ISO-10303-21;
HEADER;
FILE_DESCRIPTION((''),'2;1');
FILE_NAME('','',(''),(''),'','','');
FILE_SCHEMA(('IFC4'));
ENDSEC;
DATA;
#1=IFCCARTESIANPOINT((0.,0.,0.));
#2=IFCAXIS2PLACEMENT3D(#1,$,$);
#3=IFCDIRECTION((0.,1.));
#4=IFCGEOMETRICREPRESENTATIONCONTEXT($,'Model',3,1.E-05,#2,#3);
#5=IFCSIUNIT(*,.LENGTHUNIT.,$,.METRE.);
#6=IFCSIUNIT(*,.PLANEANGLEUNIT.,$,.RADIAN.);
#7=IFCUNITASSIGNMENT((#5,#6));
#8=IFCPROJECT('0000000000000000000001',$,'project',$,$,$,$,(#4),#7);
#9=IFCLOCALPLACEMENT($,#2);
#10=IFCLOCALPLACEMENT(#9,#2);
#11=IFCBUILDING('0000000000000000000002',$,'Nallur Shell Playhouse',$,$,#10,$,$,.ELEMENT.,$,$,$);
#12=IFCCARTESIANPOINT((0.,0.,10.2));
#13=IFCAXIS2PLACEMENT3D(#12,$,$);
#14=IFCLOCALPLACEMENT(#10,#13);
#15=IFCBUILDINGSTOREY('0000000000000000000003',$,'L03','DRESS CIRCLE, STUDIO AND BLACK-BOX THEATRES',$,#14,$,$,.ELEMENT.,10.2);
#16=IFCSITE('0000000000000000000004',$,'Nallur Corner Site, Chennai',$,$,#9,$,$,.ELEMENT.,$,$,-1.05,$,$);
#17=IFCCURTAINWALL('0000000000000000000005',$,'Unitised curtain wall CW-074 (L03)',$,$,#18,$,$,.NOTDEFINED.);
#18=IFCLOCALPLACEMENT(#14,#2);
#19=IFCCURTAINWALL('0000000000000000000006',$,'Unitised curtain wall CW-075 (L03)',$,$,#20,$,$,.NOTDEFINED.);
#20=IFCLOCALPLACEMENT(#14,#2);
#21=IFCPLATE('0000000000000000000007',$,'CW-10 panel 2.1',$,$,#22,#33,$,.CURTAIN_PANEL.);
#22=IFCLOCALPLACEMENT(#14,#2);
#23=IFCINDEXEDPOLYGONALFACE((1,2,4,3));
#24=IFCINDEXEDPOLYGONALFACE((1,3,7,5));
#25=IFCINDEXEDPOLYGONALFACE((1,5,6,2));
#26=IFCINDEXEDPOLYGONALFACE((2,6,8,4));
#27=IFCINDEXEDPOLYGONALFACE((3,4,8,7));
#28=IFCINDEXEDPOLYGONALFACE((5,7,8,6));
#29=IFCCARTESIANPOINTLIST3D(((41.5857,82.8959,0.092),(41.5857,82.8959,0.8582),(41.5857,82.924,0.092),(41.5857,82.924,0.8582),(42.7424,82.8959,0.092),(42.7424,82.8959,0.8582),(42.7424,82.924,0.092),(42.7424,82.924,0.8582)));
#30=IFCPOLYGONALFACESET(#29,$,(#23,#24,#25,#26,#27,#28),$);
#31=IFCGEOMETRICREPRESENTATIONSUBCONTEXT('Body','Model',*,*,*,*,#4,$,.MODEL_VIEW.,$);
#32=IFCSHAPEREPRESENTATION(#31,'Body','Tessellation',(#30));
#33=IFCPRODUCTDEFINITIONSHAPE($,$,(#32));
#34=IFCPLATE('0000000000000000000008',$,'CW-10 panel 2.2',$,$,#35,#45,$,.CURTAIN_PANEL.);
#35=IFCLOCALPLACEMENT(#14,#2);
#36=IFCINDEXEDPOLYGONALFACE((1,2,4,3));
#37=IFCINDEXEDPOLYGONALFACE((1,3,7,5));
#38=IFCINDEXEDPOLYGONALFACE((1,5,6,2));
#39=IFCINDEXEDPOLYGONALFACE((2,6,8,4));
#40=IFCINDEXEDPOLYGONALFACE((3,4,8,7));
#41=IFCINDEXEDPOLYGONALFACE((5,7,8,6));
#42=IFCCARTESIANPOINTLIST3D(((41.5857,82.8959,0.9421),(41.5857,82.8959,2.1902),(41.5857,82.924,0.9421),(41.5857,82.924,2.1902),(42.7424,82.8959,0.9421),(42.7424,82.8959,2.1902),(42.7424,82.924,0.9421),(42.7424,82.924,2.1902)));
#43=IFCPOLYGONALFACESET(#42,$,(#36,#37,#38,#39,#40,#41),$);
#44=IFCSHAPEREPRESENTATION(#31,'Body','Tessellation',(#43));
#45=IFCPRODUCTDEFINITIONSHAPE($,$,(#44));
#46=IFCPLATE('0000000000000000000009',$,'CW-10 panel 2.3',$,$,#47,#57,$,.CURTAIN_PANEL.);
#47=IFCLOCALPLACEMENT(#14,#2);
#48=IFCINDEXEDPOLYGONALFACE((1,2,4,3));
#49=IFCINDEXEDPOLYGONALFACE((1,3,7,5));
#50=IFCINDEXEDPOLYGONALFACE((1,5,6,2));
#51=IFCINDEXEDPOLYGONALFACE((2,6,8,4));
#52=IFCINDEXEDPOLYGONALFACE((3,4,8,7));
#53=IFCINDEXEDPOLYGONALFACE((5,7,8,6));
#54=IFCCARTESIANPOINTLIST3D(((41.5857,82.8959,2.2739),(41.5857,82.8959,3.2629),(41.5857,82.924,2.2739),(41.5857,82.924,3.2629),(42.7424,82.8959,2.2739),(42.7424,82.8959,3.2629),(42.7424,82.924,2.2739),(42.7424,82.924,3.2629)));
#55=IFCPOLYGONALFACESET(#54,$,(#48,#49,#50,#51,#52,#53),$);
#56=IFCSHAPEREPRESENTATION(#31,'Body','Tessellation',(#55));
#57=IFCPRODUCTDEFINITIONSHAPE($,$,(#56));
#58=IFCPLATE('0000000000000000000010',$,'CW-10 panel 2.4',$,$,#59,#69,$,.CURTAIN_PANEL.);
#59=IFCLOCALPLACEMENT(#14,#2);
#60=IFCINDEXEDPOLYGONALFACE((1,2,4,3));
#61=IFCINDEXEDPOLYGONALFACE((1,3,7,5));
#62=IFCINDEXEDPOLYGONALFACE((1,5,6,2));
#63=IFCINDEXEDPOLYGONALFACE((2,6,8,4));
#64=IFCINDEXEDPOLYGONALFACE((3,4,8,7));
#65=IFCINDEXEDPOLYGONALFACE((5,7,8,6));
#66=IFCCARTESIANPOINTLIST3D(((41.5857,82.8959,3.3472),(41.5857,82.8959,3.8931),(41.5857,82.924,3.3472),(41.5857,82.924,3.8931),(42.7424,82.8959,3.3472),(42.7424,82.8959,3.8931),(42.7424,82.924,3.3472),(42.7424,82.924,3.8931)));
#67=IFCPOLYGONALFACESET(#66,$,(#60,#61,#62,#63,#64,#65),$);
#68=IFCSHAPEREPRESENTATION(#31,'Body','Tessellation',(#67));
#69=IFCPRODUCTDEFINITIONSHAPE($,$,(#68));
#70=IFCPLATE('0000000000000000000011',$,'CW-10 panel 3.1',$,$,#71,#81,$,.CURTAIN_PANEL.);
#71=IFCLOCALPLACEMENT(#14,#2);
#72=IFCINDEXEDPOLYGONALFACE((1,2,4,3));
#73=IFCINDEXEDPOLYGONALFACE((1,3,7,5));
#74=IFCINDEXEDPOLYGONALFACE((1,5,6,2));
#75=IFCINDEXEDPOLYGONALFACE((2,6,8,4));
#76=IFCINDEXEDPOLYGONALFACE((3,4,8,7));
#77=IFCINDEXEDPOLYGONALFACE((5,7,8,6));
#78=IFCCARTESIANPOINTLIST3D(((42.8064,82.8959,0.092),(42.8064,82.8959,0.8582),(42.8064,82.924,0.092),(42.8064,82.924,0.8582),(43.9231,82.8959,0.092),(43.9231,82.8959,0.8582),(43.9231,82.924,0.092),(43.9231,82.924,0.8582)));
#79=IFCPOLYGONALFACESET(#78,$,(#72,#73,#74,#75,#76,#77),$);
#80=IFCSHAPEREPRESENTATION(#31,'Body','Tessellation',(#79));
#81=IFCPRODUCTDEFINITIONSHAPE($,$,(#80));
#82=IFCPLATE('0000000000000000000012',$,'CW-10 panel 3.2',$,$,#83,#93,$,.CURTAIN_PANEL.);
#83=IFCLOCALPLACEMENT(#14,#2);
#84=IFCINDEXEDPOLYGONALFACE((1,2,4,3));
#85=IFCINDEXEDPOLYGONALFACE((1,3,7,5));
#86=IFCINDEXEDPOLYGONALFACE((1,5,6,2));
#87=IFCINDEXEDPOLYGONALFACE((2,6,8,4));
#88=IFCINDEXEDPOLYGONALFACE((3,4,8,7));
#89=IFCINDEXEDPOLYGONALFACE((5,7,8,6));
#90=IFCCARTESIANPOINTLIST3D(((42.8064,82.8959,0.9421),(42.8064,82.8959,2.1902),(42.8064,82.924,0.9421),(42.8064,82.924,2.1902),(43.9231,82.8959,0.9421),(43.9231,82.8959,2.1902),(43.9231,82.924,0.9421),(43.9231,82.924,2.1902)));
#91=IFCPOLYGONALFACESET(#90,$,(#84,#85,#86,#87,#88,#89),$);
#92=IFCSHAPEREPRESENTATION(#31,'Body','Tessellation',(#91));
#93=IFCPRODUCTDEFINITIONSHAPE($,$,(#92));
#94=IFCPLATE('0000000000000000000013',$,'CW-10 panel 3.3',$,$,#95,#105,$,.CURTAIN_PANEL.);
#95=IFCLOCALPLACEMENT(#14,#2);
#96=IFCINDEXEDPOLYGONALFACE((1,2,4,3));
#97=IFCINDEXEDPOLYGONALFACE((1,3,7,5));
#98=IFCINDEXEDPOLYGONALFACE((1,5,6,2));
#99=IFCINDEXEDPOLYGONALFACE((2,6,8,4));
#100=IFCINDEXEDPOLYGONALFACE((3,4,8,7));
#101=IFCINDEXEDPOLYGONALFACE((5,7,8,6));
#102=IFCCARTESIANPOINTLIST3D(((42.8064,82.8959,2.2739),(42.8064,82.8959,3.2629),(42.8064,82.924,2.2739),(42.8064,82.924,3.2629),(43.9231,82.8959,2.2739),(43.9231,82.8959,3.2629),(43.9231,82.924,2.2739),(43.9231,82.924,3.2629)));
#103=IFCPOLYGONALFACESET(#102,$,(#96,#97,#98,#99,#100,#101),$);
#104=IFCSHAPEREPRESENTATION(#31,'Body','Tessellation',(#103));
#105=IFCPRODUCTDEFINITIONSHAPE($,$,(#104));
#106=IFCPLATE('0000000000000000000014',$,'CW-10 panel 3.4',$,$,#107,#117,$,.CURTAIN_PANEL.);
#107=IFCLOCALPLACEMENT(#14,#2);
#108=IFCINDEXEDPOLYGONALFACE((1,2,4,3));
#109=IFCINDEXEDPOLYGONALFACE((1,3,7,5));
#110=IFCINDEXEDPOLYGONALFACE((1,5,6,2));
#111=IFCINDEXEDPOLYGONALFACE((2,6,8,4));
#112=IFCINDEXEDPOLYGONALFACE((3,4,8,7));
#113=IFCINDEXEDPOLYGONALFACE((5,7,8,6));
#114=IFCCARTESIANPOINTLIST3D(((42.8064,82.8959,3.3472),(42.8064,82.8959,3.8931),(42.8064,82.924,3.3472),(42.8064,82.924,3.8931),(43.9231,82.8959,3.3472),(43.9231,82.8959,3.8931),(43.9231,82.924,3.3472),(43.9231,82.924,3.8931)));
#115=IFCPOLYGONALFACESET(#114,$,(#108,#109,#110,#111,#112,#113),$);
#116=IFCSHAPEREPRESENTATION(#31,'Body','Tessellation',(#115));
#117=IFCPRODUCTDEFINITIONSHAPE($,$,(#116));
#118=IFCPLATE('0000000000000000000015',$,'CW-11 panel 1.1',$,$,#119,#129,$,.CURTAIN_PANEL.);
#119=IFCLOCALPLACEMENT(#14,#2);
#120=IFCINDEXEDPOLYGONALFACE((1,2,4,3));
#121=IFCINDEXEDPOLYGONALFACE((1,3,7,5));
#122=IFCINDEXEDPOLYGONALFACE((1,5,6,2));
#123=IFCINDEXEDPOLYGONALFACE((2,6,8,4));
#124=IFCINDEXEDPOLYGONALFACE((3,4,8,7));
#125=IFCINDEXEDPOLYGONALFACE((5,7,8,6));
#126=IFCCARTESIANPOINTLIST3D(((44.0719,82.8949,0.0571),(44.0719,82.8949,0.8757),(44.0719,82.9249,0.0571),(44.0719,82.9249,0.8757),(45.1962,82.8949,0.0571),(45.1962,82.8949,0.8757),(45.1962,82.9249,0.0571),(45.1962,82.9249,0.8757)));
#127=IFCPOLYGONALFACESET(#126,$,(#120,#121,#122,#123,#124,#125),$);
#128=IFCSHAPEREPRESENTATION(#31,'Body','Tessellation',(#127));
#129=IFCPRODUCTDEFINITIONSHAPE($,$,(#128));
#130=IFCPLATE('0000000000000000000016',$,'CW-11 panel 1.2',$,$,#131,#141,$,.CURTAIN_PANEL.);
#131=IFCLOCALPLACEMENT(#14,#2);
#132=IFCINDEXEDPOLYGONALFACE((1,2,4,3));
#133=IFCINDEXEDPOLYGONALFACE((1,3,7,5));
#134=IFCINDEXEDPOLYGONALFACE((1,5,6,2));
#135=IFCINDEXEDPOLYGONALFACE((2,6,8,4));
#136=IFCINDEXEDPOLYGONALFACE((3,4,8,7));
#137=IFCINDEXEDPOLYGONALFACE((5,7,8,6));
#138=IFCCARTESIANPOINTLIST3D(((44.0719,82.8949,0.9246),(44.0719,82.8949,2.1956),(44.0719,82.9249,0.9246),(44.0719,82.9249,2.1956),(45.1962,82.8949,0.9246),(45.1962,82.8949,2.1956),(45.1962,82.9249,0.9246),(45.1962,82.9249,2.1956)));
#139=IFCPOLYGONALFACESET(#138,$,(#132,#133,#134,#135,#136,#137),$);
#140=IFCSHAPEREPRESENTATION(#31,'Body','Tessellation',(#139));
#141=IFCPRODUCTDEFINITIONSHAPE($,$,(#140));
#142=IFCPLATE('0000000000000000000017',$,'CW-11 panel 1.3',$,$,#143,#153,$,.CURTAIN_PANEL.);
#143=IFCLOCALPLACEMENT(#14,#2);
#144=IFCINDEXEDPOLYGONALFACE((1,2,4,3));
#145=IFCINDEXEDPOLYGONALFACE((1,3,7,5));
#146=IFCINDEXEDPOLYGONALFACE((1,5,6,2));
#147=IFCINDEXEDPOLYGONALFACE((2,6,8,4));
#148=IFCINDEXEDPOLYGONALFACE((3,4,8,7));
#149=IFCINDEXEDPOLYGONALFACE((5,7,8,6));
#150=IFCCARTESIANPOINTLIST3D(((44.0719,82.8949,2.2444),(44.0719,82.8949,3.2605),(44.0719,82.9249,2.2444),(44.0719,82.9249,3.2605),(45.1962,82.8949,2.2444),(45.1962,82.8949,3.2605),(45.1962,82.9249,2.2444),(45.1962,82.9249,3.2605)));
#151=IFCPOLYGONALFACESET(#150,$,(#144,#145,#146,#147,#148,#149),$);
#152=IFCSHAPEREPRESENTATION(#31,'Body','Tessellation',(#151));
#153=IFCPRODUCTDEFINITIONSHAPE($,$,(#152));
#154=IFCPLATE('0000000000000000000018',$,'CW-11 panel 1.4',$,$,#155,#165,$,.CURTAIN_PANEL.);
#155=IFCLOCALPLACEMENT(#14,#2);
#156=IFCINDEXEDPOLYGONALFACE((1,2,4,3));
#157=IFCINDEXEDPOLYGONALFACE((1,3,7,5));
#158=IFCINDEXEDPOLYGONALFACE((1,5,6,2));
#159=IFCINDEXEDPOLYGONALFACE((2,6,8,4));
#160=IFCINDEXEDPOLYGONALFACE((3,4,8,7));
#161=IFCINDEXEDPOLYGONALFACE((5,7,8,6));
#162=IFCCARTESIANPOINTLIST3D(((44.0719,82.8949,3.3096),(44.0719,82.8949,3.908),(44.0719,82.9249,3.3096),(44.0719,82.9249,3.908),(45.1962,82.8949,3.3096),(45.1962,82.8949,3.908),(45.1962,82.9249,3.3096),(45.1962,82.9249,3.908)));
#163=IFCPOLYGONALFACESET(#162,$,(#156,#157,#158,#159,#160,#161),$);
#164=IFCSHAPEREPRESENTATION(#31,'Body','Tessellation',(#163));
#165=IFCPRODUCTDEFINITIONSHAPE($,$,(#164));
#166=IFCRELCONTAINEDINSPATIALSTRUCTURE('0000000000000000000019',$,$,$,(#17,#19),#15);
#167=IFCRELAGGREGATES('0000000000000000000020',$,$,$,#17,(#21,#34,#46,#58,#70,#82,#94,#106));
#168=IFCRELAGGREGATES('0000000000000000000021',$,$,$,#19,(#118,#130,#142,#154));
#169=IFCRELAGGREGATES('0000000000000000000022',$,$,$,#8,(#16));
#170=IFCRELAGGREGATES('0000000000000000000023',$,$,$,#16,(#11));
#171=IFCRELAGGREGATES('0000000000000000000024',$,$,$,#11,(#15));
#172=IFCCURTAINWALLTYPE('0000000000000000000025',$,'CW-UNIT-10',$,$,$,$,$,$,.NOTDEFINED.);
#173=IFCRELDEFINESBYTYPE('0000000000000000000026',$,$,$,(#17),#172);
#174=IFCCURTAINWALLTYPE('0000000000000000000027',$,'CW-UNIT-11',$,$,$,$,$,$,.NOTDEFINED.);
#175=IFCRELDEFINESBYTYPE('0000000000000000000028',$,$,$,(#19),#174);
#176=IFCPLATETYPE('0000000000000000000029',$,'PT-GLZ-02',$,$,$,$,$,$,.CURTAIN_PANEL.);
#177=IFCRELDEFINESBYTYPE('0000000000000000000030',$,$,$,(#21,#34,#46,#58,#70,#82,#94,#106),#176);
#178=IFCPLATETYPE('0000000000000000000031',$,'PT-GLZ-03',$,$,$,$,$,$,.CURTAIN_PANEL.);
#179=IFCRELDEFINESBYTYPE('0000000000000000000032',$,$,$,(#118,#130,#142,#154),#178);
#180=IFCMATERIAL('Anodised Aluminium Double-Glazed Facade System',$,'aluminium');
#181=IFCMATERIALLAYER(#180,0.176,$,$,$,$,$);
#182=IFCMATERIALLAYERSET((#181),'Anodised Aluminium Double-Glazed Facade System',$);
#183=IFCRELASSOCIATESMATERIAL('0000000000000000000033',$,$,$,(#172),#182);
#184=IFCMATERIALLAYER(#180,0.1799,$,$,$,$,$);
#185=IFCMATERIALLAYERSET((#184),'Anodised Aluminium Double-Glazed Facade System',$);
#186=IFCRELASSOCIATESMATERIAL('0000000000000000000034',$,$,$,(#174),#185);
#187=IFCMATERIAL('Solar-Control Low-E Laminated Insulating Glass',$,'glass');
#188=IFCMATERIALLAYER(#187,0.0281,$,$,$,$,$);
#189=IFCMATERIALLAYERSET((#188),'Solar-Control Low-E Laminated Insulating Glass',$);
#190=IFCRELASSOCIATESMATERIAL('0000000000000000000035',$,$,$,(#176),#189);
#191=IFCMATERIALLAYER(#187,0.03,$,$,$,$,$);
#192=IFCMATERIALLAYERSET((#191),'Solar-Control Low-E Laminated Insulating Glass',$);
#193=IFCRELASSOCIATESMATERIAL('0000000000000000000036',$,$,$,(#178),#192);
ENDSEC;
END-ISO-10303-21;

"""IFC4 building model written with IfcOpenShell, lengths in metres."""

from ifc_helpers import new_model, si_unit, direction, frame, origin, origin_2d, place, context, subcontext, project, spatial, rectangle, extrude, material, layer, layer_set, type_object, element, aggregate, save


model = new_model("IFC4")

# Units and contexts
model_context = context("Model", 3, precision=1e-05, world=origin(), true_north=direction((0.0, 1.0)))
body_context = subcontext(model_context, "Body", "Model", "MODEL_VIEW")
ifc_project = project(units=[si_unit("LENGTHUNIT", "METRE"), si_unit("PLANEANGLEUNIT", "RADIAN")], contexts=[model_context])

# Site, building, storey
site_placement = place(None, origin())
site = spatial("IfcSite", under=ifc_project, at=site_placement, Name="Nallur Corner Site, Chennai", CompositionType="ELEMENT", RefElevation=-1.05)
building_placement = place(site_placement, origin())
building = spatial("IfcBuilding", under=site, at=building_placement, Name="Nallur Shell Playhouse", CompositionType="ELEMENT")
storey_placement = place(building_placement, frame((0.0, 0.0, 10.2)))
storey = spatial("IfcBuildingStorey", under=building, at=storey_placement, Name="L03", Description="DRESS CIRCLE, STUDIO AND BLACK-BOX THEATRES", CompositionType="ELEMENT", Elevation=10.2)

# Curtain walls
ifc_material_1 = material(Name="Anodised Aluminium Double-Glazed Facade System", Category="aluminium")
ifc_layer_1 = layer(ifc_material_1, 0.176)
ifc_layer_set_1 = layer_set([ifc_layer_1], Name="Anodised Aluminium Double-Glazed Facade System")
curtain_wall_type_1 = type_object("IfcCurtainWallType", Name="CW-UNIT-10", PredefinedType="NOTDEFINED", material=ifc_layer_set_1)
curtain_wall_1_placement = place(storey_placement, origin())
curtain_wall_1 = element("IfcCurtainWall", 1, at=curtain_wall_1_placement, inside=storey, type_object=curtain_wall_type_1, Name="Unitised curtain wall CW-074 (L03)", PredefinedType="NOTDEFINED")
ifc_layer_2 = layer(ifc_material_1, 0.1799)
ifc_layer_set_2 = layer_set([ifc_layer_2], Name="Anodised Aluminium Double-Glazed Facade System")
curtain_wall_type_2 = type_object("IfcCurtainWallType", Name="CW-UNIT-11", PredefinedType="NOTDEFINED", material=ifc_layer_set_2)
curtain_wall_2_placement = place(storey_placement, origin())
curtain_wall_2 = element("IfcCurtainWall", 2, at=curtain_wall_2_placement, inside=storey, type_object=curtain_wall_type_2, Name="Unitised curtain wall CW-075 (L03)", PredefinedType="NOTDEFINED")

# Plates
ifc_material_2 = material(Name="Solar-Control Low-E Laminated Insulating Glass", Category="glass")
ifc_layer_3 = layer(ifc_material_2, 0.0281)
ifc_layer_set_3 = layer_set([ifc_layer_3], Name="Solar-Control Low-E Laminated Insulating Glass")
plate_type_1 = type_object("IfcPlateType", Name="PT-GLZ-02", PredefinedType="CURTAIN_PANEL", material=ifc_layer_set_3)
plate_1_placement = place(storey_placement, frame((42.1641, 82.9099, 0.092), z_axis=(0.0, 0.0, 1.0), x_axis=(1.0, 0.0, 0.0)))
plate_1 = element("IfcPlate", 3, at=plate_1_placement, type_object=plate_type_1, Name="CW-10 panel 2.1", PredefinedType="CURTAIN_PANEL", context=body_context, shape_type="SweptSolid", body=[
    extrude(rectangle(XDim=1.1567, YDim=0.0281, at=origin_2d()), origin(), (0.0, 0.0, 1.0), 0.7661),
])
plate_2_placement = place(storey_placement, frame((42.1641, 82.9099, 0.9421), z_axis=(0.0, 0.0, 1.0), x_axis=(1.0, 0.0, 0.0)))
plate_2 = element("IfcPlate", 4, at=plate_2_placement, type_object=plate_type_1, Name="CW-10 panel 2.2", PredefinedType="CURTAIN_PANEL", context=body_context, shape_type="SweptSolid", body=[
    extrude(rectangle(XDim=1.1567, YDim=0.0281, at=origin_2d()), origin(), (0.0, 0.0, 1.0), 1.248),
])
plate_3_placement = place(storey_placement, frame((42.1641, 82.9099, 2.2739), z_axis=(0.0, 0.0, 1.0), x_axis=(1.0, 0.0, 0.0)))
plate_3 = element("IfcPlate", 5, at=plate_3_placement, type_object=plate_type_1, Name="CW-10 panel 2.3", PredefinedType="CURTAIN_PANEL", context=body_context, shape_type="SweptSolid", body=[
    extrude(rectangle(XDim=1.1567, YDim=0.0281, at=origin_2d()), origin(), (0.0, 0.0, 1.0), 0.989),
])
plate_4_placement = place(storey_placement, frame((42.1641, 82.9099, 3.3472), z_axis=(0.0, 0.0, 1.0), x_axis=(1.0, 0.0, 0.0)))
plate_4 = element("IfcPlate", 6, at=plate_4_placement, type_object=plate_type_1, Name="CW-10 panel 2.4", PredefinedType="CURTAIN_PANEL", context=body_context, shape_type="SweptSolid", body=[
    extrude(rectangle(XDim=1.1567, YDim=0.0281, at=origin_2d()), origin(), (0.0, 0.0, 1.0), 0.5459),
])
plate_5_placement = place(storey_placement, frame((43.3647, 82.9099, 0.092), z_axis=(0.0, 0.0, 1.0), x_axis=(1.0, 0.0, 0.0)))
plate_5 = element("IfcPlate", 7, at=plate_5_placement, type_object=plate_type_1, Name="CW-10 panel 3.1", PredefinedType="CURTAIN_PANEL", context=body_context, shape_type="SweptSolid", body=[
    extrude(rectangle(XDim=1.1167, YDim=0.0281, at=origin_2d()), origin(), (0.0, 0.0, 1.0), 0.7661),
])
plate_6_placement = place(storey_placement, frame((43.3647, 82.9099, 0.9421), z_axis=(0.0, 0.0, 1.0), x_axis=(1.0, 0.0, 0.0)))
plate_6 = element("IfcPlate", 8, at=plate_6_placement, type_object=plate_type_1, Name="CW-10 panel 3.2", PredefinedType="CURTAIN_PANEL", context=body_context, shape_type="SweptSolid", body=[
    extrude(rectangle(XDim=1.1167, YDim=0.0281, at=origin_2d()), origin(), (0.0, 0.0, 1.0), 1.248),
])
plate_7_placement = place(storey_placement, frame((43.3647, 82.9099, 2.2739), z_axis=(0.0, 0.0, 1.0), x_axis=(1.0, 0.0, 0.0)))
plate_7 = element("IfcPlate", 9, at=plate_7_placement, type_object=plate_type_1, Name="CW-10 panel 3.3", PredefinedType="CURTAIN_PANEL", context=body_context, shape_type="SweptSolid", body=[
    extrude(rectangle(XDim=1.1167, YDim=0.0281, at=origin_2d()), origin(), (0.0, 0.0, 1.0), 0.989),
])
plate_8_placement = place(storey_placement, frame((43.3647, 82.9099, 3.3472), z_axis=(0.0, 0.0, 1.0), x_axis=(1.0, 0.0, 0.0)))
plate_8 = element("IfcPlate", 10, at=plate_8_placement, type_object=plate_type_1, Name="CW-10 panel 3.4", PredefinedType="CURTAIN_PANEL", context=body_context, shape_type="SweptSolid", body=[
    extrude(rectangle(XDim=1.1167, YDim=0.0281, at=origin_2d()), origin(), (0.0, 0.0, 1.0), 0.5459),
])
aggregate(curtain_wall_1, [plate_1, plate_2, plate_3, plate_4, plate_5, plate_6, plate_7, plate_8])
ifc_layer_4 = layer(ifc_material_2, 0.03)
ifc_layer_set_4 = layer_set([ifc_layer_4], Name="Solar-Control Low-E Laminated Insulating Glass")
plate_type_2 = type_object("IfcPlateType", Name="PT-GLZ-03", PredefinedType="CURTAIN_PANEL", material=ifc_layer_set_4)
plate_9_placement = place(storey_placement, frame((44.634, 82.9099, 0.0571), z_axis=(0.0, 0.0, 1.0), x_axis=(1.0, 0.0, 0.0)))
plate_9 = element("IfcPlate", 11, at=plate_9_placement, type_object=plate_type_2, Name="CW-11 panel 1.1", PredefinedType="CURTAIN_PANEL", context=body_context, shape_type="SweptSolid", body=[
    extrude(rectangle(XDim=1.1243, YDim=0.03, at=origin_2d()), origin(), (0.0, 0.0, 1.0), 0.8186),
])
plate_10_placement = place(storey_placement, frame((44.634, 82.9099, 0.9246), z_axis=(0.0, 0.0, 1.0), x_axis=(1.0, 0.0, 0.0)))
plate_10 = element("IfcPlate", 12, at=plate_10_placement, type_object=plate_type_2, Name="CW-11 panel 1.2", PredefinedType="CURTAIN_PANEL", context=body_context, shape_type="SweptSolid", body=[
    extrude(rectangle(XDim=1.1243, YDim=0.03, at=origin_2d()), origin(), (0.0, 0.0, 1.0), 1.271),
])
plate_11_placement = place(storey_placement, frame((44.634, 82.9099, 2.2444), z_axis=(0.0, 0.0, 1.0), x_axis=(1.0, 0.0, 0.0)))
plate_11 = element("IfcPlate", 13, at=plate_11_placement, type_object=plate_type_2, Name="CW-11 panel 1.3", PredefinedType="CURTAIN_PANEL", context=body_context, shape_type="SweptSolid", body=[
    extrude(rectangle(XDim=1.1243, YDim=0.03, at=origin_2d()), origin(), (0.0, 0.0, 1.0), 1.0161),
])
plate_12_placement = place(storey_placement, frame((44.634, 82.9099, 3.3096), z_axis=(0.0, 0.0, 1.0), x_axis=(1.0, 0.0, 0.0)))
plate_12 = element("IfcPlate", 14, at=plate_12_placement, type_object=plate_type_2, Name="CW-11 panel 1.4", PredefinedType="CURTAIN_PANEL", context=body_context, shape_type="SweptSolid", body=[
    extrude(rectangle(XDim=1.1243, YDim=0.03, at=origin_2d()), origin(), (0.0, 0.0, 1.0), 0.5984),
])
aggregate(curtain_wall_2, [plate_9, plate_10, plate_11, plate_12])

save(model, "model.ifc")
